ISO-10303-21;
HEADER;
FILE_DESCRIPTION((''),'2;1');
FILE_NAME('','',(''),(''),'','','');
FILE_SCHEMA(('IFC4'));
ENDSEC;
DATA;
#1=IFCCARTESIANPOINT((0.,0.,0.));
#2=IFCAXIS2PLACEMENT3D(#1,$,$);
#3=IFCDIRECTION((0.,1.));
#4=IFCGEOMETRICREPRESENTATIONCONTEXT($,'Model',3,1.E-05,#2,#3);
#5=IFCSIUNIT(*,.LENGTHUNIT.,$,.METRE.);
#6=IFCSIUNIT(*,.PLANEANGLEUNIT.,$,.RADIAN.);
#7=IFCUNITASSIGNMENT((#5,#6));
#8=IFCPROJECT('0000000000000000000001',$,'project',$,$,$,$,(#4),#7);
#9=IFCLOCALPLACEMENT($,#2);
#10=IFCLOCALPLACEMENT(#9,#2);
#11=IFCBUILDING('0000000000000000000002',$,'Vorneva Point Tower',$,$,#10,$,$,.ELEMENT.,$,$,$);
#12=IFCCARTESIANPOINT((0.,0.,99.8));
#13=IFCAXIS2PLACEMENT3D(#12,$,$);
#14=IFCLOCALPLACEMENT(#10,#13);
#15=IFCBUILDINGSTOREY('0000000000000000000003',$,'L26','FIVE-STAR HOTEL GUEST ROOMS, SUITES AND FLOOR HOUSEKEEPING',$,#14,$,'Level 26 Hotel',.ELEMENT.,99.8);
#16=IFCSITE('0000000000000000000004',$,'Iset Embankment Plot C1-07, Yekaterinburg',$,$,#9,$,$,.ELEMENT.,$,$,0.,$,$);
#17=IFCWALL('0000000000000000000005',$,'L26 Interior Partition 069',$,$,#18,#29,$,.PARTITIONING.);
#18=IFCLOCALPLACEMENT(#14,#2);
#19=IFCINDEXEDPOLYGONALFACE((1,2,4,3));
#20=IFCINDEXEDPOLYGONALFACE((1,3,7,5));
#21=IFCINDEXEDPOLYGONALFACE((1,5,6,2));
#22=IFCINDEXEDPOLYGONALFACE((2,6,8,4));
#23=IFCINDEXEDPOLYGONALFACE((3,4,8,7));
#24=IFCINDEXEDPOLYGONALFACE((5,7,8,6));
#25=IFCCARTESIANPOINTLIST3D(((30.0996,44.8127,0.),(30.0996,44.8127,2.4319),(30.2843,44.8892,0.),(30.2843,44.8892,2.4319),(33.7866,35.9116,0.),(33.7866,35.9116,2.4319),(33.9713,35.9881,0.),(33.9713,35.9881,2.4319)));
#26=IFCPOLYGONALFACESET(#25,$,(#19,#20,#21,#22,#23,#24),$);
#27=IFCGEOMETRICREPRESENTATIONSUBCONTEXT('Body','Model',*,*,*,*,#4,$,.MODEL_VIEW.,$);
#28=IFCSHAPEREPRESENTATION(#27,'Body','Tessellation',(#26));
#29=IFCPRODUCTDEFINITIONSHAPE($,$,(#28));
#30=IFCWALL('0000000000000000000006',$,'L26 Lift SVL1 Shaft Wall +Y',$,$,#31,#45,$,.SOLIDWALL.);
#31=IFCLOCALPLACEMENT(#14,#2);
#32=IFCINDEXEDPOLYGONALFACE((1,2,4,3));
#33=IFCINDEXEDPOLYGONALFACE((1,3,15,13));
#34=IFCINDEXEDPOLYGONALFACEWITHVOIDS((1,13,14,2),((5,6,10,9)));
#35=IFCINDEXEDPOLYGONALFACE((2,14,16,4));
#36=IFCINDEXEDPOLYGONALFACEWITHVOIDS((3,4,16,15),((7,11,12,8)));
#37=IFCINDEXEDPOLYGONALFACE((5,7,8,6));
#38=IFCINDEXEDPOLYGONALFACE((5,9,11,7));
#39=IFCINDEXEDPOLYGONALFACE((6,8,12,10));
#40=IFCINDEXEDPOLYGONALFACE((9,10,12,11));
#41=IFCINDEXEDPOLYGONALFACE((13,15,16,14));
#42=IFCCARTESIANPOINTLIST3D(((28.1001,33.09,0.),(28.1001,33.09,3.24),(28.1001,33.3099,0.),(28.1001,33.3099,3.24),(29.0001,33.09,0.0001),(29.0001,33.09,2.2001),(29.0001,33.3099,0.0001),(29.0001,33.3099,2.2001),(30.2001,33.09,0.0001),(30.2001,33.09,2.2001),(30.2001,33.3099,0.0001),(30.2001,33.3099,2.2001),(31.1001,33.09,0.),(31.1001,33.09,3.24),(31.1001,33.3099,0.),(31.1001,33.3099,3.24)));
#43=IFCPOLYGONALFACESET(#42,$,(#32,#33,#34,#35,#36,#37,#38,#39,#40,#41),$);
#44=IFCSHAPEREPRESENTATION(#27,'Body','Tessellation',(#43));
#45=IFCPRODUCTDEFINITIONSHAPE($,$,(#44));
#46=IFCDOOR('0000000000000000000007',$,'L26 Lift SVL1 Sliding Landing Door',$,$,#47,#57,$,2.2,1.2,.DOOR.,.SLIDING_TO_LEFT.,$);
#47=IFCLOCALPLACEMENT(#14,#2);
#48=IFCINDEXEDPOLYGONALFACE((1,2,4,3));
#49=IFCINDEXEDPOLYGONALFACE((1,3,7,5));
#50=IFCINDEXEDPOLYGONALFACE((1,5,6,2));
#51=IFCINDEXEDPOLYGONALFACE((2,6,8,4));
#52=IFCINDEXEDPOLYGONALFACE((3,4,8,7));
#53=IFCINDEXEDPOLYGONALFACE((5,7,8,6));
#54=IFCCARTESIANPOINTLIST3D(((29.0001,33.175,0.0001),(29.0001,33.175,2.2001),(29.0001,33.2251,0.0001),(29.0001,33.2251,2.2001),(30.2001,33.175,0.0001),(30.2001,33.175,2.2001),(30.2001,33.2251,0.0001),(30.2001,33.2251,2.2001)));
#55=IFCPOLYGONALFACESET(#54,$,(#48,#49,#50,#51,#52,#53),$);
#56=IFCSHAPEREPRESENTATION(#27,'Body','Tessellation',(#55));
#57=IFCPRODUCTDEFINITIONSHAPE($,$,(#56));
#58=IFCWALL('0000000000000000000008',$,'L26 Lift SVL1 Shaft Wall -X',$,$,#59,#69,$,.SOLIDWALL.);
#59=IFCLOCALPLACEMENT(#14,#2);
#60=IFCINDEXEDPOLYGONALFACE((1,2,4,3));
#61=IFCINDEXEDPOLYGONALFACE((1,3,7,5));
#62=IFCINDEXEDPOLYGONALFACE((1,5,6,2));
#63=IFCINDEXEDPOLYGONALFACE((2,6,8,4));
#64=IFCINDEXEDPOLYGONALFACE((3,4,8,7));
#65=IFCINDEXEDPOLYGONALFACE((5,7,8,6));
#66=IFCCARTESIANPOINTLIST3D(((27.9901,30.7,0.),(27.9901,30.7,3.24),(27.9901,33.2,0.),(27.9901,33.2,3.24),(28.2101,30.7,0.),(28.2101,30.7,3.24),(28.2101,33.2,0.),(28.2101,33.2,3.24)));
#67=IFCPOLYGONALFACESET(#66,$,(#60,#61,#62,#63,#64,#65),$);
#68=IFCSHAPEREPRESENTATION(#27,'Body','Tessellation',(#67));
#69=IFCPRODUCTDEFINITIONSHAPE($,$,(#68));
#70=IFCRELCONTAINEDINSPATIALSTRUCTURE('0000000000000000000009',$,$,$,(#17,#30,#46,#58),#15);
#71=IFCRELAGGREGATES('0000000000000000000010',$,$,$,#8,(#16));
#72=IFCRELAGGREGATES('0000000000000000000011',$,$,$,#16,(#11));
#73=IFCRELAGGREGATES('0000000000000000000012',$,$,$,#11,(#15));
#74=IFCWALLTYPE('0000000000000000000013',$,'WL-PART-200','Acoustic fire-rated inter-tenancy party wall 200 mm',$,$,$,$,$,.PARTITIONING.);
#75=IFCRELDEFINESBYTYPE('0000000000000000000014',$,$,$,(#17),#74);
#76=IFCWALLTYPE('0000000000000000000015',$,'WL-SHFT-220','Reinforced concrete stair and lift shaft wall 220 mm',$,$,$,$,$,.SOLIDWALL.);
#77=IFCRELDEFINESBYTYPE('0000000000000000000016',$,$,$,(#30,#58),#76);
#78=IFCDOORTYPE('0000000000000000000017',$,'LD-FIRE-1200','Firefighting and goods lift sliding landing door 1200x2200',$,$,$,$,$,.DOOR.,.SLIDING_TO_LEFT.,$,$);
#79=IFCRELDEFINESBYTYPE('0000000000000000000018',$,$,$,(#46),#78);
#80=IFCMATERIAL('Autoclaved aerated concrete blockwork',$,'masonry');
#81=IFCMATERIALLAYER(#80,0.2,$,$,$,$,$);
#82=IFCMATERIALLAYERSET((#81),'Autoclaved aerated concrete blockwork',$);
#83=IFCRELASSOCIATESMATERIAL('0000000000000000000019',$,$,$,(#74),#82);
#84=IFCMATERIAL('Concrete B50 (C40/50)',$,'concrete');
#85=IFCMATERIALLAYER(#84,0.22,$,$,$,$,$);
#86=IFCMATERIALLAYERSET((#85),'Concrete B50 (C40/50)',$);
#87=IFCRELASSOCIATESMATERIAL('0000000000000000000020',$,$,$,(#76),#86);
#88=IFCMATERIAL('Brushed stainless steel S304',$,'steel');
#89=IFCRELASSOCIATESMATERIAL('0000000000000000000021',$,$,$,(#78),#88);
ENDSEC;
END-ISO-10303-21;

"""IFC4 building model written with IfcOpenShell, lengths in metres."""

from ifc_helpers import new_model, si_unit, direction, frame, frame_2d, origin, place, context, subcontext, project, spatial, rectangle, extrude, material, layer, layer_set, type_object, element, fill, save


model = new_model("IFC4")

# Units and contexts
model_context = context("Model", 3, precision=1e-05, world=origin(), true_north=direction((0.0, 1.0)))
body_context = subcontext(model_context, "Body", "Model", "MODEL_VIEW")
ifc_project = project(units=[si_unit("LENGTHUNIT", "METRE"), si_unit("PLANEANGLEUNIT", "RADIAN")], contexts=[model_context])

# Site, building, storey
site_placement = place(None, origin())
site = spatial("IfcSite", under=ifc_project, at=site_placement, Name="Iset Embankment Plot C1-07, Yekaterinburg", CompositionType="ELEMENT", RefElevation=0.0)
building_placement = place(site_placement, origin())
building = spatial("IfcBuilding", under=site, at=building_placement, Name="Vorneva Point Tower", CompositionType="ELEMENT")
storey_placement = place(building_placement, frame((0.0, 0.0, 99.8)))
storey = spatial("IfcBuildingStorey", under=building, at=storey_placement, Name="L26", Description="FIVE-STAR HOTEL GUEST ROOMS, SUITES AND FLOOR HOUSEKEEPING", LongName="Level 26 Hotel", CompositionType="ELEMENT", Elevation=99.8)

# Shared definitions
ifc_material_1 = material(Name="Autoclaved aerated concrete blockwork", Category="masonry")

# Wall
ifc_layer_1 = layer(ifc_material_1, 0.2)
ifc_layer_set_1 = layer_set([ifc_layer_1], Name="Autoclaved aerated concrete blockwork")
wall_type_1 = type_object("IfcWallType", Name="WL-PART-200", Description="Acoustic fire-rated inter-tenancy party wall 200 mm", PredefinedType="PARTITIONING", material=ifc_layer_set_1)
wall_1_placement = place(storey_placement, frame((30.1919, 44.8511, 0.0), z_axis=(0.0, 0.0, 1.0), x_axis=(0.382687, -0.923878, 0.0)))
element("IfcWall", 1, at=wall_1_placement, inside=storey, type_object=wall_type_1, Name="L26 Interior Partition 069", PredefinedType="PARTITIONING", context=body_context, shape_type="SweptSolid", body=[
    extrude(rectangle(XDim=9.6345, YDim=0.2, at=frame_2d((4.8174, 0.0))), origin(), (0.0, 0.0, 1.0), 2.4319),
])

# Wall, opening, door
ifc_material_2 = material(Name="Concrete B50 (C40/50)", Category="concrete")
ifc_layer_2 = layer(ifc_material_2, 0.22)
ifc_layer_set_2 = layer_set([ifc_layer_2], Name="Concrete B50 (C40/50)")
wall_type_2 = type_object("IfcWallType", Name="WL-SHFT-220", Description="Reinforced concrete stair and lift shaft wall 220 mm", PredefinedType="SOLIDWALL", material=ifc_layer_set_2)
wall_2_placement = place(storey_placement, frame((31.1001, 33.2, 0.0), z_axis=(0.0, 0.0, 1.0), x_axis=(-1.0, 0.0, 0.0)))
wall_2 = element("IfcWall", 2, at=wall_2_placement, inside=storey, type_object=wall_type_2, Name="L26 Lift SVL1 Shaft Wall +Y", PredefinedType="SOLIDWALL", context=body_context, shape_type="SweptSolid", body=[
    extrude(rectangle(XDim=3.0, YDim=0.22, at=frame_2d((1.5, 0.0))), origin(), (0.0, 0.0, 1.0), 3.24),
])
opening_1_placement = place(wall_2_placement, frame((0.8999, 0.0, 0.0)))
opening_1 = element("IfcOpeningElement", 3, at=opening_1_placement, cuts=wall_2, PredefinedType="OPENING", context=body_context, shape_type="SweptSolid", body=[
    extrude(rectangle(XDim=1.2, YDim=2.2, at=frame_2d((0.6001, 1.1001))), frame((0.0, 0.125, 0.0), z_axis=(0.0, -1.0, 0.0), x_axis=(1.0, 0.0, 0.0)), (0.0, 0.0, 1.0), 0.2498),
])
ifc_material_3 = material(Name="Brushed stainless steel S304", Category="steel")
door_type_1 = type_object("IfcDoorType", Name="LD-FIRE-1200", Description="Firefighting and goods lift sliding landing door 1200x2200", OperationType="SLIDING_TO_LEFT", PredefinedType="DOOR", material=ifc_material_3)
door_1_placement = place(opening_1_placement, origin())
door_1 = element("IfcDoor", 4, at=door_1_placement, inside=storey, type_object=door_type_1, Name="L26 Lift SVL1 Sliding Landing Door", OperationType="SLIDING_TO_LEFT", OverallHeight=2.2, OverallWidth=1.2, PredefinedType="DOOR", context=body_context, shape_type="SweptSolid", body=[
    extrude(rectangle(XDim=1.2, YDim=2.2, at=frame_2d((0.6001, 1.1001))), frame((0.0, 0.0249, 0.0), z_axis=(0.0, -1.0, 0.0), x_axis=(1.0, 0.0, 0.0)), (0.0, 0.0, 1.0), 0.05),
])
fill(opening_1, door_1)

# Wall
wall_3_placement = place(storey_placement, frame((28.1001, 33.2, 0.0), z_axis=(0.0, 0.0, 1.0), x_axis=(0.0, -1.0, 0.0)))
element("IfcWall", 5, at=wall_3_placement, inside=storey, type_object=wall_type_2, Name="L26 Lift SVL1 Shaft Wall -X", PredefinedType="SOLIDWALL", context=body_context, shape_type="SweptSolid", body=[
    extrude(rectangle(XDim=2.5, YDim=0.22, at=frame_2d((1.25, 0.0))), origin(), (0.0, 0.0, 1.0), 3.24),
])

save(model, "model.ifc")
